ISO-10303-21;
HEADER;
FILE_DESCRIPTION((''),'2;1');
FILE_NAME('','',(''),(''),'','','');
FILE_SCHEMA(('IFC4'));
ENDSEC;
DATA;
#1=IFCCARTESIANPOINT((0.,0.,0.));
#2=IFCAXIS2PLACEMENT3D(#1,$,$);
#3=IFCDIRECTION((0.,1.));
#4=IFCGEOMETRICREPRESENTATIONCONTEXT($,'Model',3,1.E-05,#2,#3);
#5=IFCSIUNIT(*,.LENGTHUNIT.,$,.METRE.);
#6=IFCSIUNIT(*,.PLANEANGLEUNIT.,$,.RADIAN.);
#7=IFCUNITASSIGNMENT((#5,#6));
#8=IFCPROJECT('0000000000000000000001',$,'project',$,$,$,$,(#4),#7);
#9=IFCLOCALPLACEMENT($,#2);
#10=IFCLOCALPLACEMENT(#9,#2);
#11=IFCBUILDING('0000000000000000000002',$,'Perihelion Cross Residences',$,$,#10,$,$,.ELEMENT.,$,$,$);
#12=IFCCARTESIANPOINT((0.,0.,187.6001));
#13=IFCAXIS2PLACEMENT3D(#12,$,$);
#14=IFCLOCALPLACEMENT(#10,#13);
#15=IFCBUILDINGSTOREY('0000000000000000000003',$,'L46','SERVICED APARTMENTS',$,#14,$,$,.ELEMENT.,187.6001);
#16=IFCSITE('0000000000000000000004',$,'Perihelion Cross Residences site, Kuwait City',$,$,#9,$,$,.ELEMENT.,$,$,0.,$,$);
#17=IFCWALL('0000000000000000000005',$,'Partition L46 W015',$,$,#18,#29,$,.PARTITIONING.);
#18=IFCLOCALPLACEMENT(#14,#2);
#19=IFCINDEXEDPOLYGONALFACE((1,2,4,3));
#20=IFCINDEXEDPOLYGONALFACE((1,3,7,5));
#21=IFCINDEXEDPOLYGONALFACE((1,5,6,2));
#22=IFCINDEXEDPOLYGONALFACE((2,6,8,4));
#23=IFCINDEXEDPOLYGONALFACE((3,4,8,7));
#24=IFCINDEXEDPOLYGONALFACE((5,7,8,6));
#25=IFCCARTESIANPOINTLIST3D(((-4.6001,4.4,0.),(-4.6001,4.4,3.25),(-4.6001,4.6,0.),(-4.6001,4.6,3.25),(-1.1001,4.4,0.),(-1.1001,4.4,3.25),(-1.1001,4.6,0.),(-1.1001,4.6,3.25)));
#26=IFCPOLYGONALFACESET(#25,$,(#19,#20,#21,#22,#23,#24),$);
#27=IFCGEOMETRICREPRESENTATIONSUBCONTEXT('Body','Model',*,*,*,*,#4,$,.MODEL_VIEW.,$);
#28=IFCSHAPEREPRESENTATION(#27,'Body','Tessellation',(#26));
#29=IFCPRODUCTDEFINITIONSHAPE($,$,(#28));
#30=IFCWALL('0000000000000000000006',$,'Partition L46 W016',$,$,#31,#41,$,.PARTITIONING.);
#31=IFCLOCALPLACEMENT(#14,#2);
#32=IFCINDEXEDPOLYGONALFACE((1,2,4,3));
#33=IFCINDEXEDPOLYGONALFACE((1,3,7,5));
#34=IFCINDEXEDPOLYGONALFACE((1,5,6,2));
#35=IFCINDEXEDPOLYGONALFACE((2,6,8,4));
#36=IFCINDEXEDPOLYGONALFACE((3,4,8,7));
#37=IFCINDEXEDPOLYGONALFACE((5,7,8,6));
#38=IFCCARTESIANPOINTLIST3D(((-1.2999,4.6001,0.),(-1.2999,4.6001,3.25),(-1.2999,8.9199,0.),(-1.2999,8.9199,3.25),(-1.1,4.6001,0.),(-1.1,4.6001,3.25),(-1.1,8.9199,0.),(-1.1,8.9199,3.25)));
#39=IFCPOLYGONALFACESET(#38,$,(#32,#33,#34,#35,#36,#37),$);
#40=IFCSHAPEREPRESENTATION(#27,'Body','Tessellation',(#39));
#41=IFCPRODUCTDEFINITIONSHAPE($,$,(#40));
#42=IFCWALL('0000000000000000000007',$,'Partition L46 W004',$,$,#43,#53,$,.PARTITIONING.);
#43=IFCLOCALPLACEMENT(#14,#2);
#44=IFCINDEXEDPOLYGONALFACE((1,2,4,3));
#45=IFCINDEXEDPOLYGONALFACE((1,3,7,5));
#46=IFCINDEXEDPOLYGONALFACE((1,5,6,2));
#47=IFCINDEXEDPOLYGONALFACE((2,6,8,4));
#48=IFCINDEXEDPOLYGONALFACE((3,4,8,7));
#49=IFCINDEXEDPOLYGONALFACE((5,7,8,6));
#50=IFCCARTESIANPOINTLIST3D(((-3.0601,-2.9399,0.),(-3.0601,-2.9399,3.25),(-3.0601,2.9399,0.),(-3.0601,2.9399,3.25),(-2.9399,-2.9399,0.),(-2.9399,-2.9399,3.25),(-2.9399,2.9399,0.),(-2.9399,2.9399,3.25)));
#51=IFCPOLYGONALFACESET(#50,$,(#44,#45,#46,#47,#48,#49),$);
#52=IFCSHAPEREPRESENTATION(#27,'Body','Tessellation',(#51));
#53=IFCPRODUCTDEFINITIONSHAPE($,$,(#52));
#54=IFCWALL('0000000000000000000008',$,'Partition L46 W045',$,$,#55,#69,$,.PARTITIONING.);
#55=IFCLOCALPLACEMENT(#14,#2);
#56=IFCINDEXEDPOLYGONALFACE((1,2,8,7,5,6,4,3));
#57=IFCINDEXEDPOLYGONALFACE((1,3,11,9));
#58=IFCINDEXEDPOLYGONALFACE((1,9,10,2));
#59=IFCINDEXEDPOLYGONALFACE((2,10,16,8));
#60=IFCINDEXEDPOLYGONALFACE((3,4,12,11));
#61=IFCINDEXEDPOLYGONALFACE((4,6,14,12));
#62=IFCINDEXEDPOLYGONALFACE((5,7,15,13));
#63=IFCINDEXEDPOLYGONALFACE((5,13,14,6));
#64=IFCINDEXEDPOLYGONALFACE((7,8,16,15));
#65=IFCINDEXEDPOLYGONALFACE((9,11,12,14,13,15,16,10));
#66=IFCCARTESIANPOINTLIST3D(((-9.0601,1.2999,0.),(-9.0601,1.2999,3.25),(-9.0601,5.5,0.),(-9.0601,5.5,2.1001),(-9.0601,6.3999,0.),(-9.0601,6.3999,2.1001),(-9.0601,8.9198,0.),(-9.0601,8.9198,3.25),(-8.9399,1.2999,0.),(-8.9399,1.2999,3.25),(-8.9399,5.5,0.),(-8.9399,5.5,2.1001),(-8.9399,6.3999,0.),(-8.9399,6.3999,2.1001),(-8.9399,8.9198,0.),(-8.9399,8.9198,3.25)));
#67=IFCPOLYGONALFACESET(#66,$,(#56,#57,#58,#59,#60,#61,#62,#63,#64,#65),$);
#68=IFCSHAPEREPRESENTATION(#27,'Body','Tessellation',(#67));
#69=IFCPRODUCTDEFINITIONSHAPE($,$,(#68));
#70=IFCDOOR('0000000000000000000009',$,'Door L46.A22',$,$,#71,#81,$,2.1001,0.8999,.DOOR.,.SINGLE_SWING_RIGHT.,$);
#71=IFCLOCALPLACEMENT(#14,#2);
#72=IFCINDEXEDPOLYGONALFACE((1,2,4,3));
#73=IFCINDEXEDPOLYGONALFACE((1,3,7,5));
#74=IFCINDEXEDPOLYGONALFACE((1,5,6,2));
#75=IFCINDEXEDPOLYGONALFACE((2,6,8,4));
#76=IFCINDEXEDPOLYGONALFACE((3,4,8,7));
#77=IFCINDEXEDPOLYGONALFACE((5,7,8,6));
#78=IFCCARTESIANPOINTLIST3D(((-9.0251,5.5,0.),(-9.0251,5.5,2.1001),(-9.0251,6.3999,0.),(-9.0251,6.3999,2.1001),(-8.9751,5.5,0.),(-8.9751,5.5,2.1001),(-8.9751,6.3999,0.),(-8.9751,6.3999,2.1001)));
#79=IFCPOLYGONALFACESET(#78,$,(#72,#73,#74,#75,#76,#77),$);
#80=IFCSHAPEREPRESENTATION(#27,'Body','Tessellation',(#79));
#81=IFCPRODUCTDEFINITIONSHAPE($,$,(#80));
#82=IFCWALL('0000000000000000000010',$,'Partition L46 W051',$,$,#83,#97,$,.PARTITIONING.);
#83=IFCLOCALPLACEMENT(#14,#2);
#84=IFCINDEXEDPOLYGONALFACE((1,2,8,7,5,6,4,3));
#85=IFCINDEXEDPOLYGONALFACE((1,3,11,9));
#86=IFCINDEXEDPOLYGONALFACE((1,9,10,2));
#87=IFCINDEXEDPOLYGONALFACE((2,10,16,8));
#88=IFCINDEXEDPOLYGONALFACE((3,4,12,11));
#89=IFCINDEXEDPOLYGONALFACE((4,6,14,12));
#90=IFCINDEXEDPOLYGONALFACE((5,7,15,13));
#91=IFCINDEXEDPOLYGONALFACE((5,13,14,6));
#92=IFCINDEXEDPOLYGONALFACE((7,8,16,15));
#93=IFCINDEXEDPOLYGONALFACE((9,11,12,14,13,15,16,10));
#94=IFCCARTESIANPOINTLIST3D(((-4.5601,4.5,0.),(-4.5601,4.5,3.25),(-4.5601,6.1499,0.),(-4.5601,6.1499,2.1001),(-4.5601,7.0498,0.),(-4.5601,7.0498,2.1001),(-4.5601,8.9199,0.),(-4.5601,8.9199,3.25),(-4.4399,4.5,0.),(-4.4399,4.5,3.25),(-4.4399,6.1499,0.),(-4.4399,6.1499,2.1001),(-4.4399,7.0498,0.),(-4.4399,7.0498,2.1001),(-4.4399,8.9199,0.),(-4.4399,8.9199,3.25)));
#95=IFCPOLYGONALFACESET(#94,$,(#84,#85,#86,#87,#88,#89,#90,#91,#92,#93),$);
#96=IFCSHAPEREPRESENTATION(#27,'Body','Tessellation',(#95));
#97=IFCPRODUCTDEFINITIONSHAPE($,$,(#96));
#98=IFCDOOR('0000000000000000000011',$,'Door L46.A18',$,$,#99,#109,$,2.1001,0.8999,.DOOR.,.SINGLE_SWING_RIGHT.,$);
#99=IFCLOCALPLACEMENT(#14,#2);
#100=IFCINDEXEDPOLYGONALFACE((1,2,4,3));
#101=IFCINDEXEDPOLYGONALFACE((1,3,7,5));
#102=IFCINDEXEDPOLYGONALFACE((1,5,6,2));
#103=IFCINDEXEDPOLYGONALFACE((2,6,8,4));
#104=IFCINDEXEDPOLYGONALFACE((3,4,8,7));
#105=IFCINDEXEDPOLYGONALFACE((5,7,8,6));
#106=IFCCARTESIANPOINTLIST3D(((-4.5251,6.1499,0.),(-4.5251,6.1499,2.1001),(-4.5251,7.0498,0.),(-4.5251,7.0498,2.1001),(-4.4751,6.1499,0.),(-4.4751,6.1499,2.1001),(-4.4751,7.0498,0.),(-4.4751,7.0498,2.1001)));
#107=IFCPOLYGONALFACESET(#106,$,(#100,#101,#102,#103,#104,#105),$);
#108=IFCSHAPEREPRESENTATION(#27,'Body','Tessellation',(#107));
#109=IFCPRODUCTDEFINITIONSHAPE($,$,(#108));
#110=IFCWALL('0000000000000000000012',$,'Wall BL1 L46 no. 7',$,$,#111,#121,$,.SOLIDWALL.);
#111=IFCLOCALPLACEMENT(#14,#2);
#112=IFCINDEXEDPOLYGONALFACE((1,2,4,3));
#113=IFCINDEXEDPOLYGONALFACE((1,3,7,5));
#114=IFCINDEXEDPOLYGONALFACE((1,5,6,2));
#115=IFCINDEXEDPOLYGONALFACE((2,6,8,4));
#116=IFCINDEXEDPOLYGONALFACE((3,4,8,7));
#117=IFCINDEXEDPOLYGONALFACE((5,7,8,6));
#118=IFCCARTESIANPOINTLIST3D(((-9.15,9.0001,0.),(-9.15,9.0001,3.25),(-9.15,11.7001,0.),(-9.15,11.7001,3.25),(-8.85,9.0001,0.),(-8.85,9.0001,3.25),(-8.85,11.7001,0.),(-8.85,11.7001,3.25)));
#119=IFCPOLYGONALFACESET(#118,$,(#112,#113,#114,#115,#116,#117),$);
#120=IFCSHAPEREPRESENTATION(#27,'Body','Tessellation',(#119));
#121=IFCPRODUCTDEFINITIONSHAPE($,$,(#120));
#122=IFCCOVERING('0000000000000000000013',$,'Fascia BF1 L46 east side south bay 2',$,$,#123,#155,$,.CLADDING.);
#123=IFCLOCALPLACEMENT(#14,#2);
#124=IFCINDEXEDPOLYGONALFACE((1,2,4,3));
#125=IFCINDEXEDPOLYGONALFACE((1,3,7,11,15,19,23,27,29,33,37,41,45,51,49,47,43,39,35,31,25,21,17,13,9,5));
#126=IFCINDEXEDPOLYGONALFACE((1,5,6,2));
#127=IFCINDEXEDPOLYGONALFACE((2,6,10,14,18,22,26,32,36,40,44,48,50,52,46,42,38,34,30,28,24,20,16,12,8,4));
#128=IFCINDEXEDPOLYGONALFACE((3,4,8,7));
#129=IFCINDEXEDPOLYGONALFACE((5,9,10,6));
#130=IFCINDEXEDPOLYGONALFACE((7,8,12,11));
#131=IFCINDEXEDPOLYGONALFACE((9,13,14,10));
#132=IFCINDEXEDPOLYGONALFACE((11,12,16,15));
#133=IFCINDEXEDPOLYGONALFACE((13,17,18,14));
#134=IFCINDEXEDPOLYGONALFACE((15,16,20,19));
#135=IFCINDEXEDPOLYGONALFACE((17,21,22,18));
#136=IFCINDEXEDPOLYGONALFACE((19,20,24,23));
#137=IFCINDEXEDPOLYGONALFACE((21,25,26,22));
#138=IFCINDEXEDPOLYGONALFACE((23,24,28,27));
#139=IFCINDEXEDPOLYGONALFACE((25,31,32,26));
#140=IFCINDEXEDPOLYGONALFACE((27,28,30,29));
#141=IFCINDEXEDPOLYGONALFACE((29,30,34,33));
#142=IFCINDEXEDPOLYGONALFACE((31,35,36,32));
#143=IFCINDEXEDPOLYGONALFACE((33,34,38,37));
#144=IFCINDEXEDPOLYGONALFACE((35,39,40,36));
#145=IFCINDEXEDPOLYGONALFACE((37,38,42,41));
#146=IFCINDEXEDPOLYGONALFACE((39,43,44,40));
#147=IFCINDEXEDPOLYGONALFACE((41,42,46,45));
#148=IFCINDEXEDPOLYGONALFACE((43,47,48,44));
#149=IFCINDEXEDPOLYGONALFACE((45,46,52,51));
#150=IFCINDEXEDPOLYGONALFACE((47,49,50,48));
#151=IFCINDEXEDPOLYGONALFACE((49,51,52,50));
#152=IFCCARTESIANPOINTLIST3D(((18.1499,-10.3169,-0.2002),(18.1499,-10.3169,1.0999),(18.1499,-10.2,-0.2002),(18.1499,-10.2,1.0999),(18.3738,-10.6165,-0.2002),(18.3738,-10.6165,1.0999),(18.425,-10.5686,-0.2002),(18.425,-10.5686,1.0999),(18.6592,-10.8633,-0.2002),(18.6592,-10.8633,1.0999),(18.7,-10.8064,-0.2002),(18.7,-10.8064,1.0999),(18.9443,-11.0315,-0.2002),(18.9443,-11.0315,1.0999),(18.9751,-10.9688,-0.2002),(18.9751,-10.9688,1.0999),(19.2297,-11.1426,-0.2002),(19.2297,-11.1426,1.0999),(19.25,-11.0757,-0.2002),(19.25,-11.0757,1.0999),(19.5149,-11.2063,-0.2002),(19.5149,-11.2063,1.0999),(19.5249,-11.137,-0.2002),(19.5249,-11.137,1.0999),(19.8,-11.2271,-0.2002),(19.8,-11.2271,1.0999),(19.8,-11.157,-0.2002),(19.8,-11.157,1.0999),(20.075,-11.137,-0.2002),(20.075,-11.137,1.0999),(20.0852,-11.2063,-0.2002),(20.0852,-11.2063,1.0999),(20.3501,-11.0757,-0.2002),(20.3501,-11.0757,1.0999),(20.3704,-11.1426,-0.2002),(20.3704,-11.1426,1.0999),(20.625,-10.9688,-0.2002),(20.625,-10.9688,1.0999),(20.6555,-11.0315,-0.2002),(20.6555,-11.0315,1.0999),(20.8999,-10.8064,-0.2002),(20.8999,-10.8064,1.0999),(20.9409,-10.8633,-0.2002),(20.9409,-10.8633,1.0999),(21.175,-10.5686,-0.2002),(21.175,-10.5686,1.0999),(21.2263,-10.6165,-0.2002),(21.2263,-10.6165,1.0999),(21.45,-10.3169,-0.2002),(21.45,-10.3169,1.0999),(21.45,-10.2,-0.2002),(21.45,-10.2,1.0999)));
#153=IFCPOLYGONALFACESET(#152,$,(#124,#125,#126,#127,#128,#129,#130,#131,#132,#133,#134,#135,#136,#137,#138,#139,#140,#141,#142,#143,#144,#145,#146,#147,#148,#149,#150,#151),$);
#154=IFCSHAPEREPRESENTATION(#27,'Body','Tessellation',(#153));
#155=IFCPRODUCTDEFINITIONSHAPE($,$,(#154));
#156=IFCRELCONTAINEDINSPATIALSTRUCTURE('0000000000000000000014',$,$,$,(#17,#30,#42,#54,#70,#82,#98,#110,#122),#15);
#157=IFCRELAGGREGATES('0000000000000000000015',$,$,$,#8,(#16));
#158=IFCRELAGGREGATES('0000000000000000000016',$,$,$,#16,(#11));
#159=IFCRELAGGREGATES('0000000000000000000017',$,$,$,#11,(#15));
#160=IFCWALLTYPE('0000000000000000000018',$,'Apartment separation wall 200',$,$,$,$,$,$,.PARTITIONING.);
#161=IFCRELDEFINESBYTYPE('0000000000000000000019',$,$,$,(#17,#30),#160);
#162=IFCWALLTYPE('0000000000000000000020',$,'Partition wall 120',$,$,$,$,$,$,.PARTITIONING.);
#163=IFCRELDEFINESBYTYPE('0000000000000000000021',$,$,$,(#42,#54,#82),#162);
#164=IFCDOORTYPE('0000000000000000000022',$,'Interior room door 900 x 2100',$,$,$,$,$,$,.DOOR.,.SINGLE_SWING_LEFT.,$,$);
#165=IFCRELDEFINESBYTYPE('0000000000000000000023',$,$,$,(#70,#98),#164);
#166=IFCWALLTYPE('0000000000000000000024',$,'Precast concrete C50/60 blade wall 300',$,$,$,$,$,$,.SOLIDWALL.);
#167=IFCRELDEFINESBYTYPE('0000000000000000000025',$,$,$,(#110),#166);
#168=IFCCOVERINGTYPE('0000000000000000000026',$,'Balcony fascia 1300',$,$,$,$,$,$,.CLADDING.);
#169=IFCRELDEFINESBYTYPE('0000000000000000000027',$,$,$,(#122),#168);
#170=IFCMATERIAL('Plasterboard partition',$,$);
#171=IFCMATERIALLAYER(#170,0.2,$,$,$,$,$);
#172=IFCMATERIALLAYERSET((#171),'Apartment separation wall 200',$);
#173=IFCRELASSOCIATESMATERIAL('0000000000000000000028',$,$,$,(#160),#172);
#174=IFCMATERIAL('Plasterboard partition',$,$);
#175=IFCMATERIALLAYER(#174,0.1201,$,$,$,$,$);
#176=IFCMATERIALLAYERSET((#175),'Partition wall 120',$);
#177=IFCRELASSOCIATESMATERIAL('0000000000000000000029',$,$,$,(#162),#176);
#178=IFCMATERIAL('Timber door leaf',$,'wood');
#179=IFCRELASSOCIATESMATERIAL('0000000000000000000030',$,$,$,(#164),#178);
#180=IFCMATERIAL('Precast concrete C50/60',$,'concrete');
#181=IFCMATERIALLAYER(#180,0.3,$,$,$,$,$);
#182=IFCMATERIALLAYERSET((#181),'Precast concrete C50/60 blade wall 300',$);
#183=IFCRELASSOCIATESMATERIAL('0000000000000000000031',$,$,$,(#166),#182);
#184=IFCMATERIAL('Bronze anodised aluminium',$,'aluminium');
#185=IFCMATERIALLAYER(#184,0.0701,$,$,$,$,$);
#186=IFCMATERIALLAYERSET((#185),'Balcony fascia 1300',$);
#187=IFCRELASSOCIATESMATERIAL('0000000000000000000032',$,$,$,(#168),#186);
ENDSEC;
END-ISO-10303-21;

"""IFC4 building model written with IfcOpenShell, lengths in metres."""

from ifc_helpers import new_model, si_unit, direction, frame, frame_2d, origin, place, context, subcontext, project, spatial, polyline, rectangle, outline, extrude, material, layer, layer_set, type_object, element, fill, save


model = new_model("IFC4")

# Units and contexts
model_context = context("Model", 3, precision=1e-05, world=origin(), true_north=direction((0.0, 1.0)))
body_context = subcontext(model_context, "Body", "Model", "MODEL_VIEW")
ifc_project = project(units=[si_unit("LENGTHUNIT", "METRE"), si_unit("PLANEANGLEUNIT", "RADIAN")], contexts=[model_context])

# Site, building, storey
site_placement = place(None, origin())
site = spatial("IfcSite", under=ifc_project, at=site_placement, Name="Perihelion Cross Residences site, Kuwait City", CompositionType="ELEMENT", RefElevation=0.0)
building_placement = place(site_placement, origin())
building = spatial("IfcBuilding", under=site, at=building_placement, Name="Perihelion Cross Residences", CompositionType="ELEMENT")
storey_placement = place(building_placement, frame((0.0, 0.0, 187.6001)))
storey = spatial("IfcBuildingStorey", under=building, at=storey_placement, Name="L46", Description="SERVICED APARTMENTS", CompositionType="ELEMENT", Elevation=187.6001)

# Walls
ifc_material_1 = material(Name="Plasterboard partition")
ifc_layer_1 = layer(ifc_material_1, 0.2)
ifc_layer_set_1 = layer_set([ifc_layer_1], Name="Apartment separation wall 200")
wall_type_1 = type_object("IfcWallType", Name="Apartment separation wall 200", PredefinedType="PARTITIONING", material=ifc_layer_set_1)
wall_1_placement = place(storey_placement, frame((-4.6001, 4.5, 0.0), z_axis=(0.0, 0.0, 1.0), x_axis=(1.0, 0.0, 0.0)))
element("IfcWall", 1, at=wall_1_placement, inside=storey, type_object=wall_type_1, Name="Partition L46 W015", PredefinedType="PARTITIONING", context=body_context, shape_type="SweptSolid", body=[
    extrude(rectangle(XDim=3.5, YDim=0.2, at=frame_2d((1.75, 0.0))), origin(), (0.0, 0.0, 1.0), 3.25),
])
wall_2_placement = place(storey_placement, frame((-1.2, 4.6001, 0.0), z_axis=(0.0, 0.0, 1.0), x_axis=(0.0, 1.0, 0.0)))
element("IfcWall", 2, at=wall_2_placement, inside=storey, type_object=wall_type_1, Name="Partition L46 W016", PredefinedType="PARTITIONING", context=body_context, shape_type="SweptSolid", body=[
    extrude(rectangle(XDim=4.3198, YDim=0.2, at=frame_2d((2.1599, 0.0))), origin(), (0.0, 0.0, 1.0), 3.25),
])

# Wall
ifc_material_2 = material(Name="Plasterboard partition")
ifc_layer_2 = layer(ifc_material_2, 0.1201)
ifc_layer_set_2 = layer_set([ifc_layer_2], Name="Partition wall 120")
wall_type_2 = type_object("IfcWallType", Name="Partition wall 120", PredefinedType="PARTITIONING", material=ifc_layer_set_2)
wall_3_placement = place(storey_placement, frame((-3.0, 2.9399, 0.0), z_axis=(0.0, 0.0, 1.0), x_axis=(0.0, -1.0, 0.0)))
element("IfcWall", 3, at=wall_3_placement, inside=storey, type_object=wall_type_2, Name="Partition L46 W004", PredefinedType="PARTITIONING", context=body_context, shape_type="SweptSolid", body=[
    extrude(rectangle(XDim=5.8799, YDim=0.1201, at=frame_2d((2.9399, 0.0))), origin(), (0.0, 0.0, 1.0), 3.25),
])

# Walls, openings, doors
wall_4_placement = place(storey_placement, frame((-9.0, 8.9199, 0.0), z_axis=(0.0, 0.0, 1.0), x_axis=(0.0, -1.0, 0.0)))
wall_4 = element("IfcWall", 4, at=wall_4_placement, inside=storey, type_object=wall_type_2, Name="Partition L46 W045", PredefinedType="PARTITIONING", context=body_context, shape_type="SweptSolid", body=[
    extrude(rectangle(XDim=7.6199, YDim=0.1201, at=frame_2d((3.8101, 0.0))), origin(), (0.0, 0.0, 1.0), 3.25),
])
opening_1_placement = place(wall_4_placement, frame((2.52, 0.0, 0.0)))
opening_1 = element("IfcOpeningElement", 5, at=opening_1_placement, cuts=wall_4, PredefinedType="OPENING", context=body_context, shape_type="SweptSolid", body=[
    extrude(rectangle(XDim=0.8999, YDim=2.1001, at=frame_2d((0.45, 1.05))), frame((0.0, 0.0701, 0.0), z_axis=(0.0, -1.0, 0.0), x_axis=(1.0, 0.0, 0.0)), (0.0, 0.0, 1.0), 0.1401),
])
ifc_material_3 = material(Name="Timber door leaf", Category="wood")
door_type_1 = type_object("IfcDoorType", Name="Interior room door 900 x 2100", OperationType="SINGLE_SWING_LEFT", PredefinedType="DOOR", material=ifc_material_3)
door_1_placement = place(opening_1_placement, origin())
door_1 = element("IfcDoor", 6, at=door_1_placement, inside=storey, type_object=door_type_1, Name="Door L46.A22", OperationType="SINGLE_SWING_RIGHT", OverallHeight=2.1001, OverallWidth=0.8999, PredefinedType="DOOR", context=body_context, shape_type="SweptSolid", body=[
    extrude(rectangle(XDim=0.8999, YDim=2.1001, at=frame_2d((0.45, 1.05))), frame((0.0, 0.0249, 0.0), z_axis=(0.0, -1.0, 0.0), x_axis=(1.0, 0.0, 0.0)), (0.0, 0.0, 1.0), 0.05),
])
fill(opening_1, door_1)
wall_5_placement = place(storey_placement, frame((-4.5, 8.9199, 0.0), z_axis=(0.0, 0.0, 1.0), x_axis=(0.0, -1.0, 0.0)))
wall_5 = element("IfcWall", 7, at=wall_5_placement, inside=storey, type_object=wall_type_2, Name="Partition L46 W051", PredefinedType="PARTITIONING", context=body_context, shape_type="SweptSolid", body=[
    extrude(rectangle(XDim=4.4199, YDim=0.1201, at=frame_2d((2.21, 0.0))), origin(), (0.0, 0.0, 1.0), 3.25),
])
opening_2_placement = place(wall_5_placement, frame((1.8701, 0.0, 0.0)))
opening_2 = element("IfcOpeningElement", 8, at=opening_2_placement, cuts=wall_5, PredefinedType="OPENING", context=body_context, shape_type="SweptSolid", body=[
    extrude(rectangle(XDim=0.8999, YDim=2.1001, at=frame_2d((0.45, 1.05))), frame((0.0, 0.0701, 0.0), z_axis=(0.0, -1.0, 0.0), x_axis=(1.0, 0.0, 0.0)), (0.0, 0.0, 1.0), 0.1401),
])
door_2_placement = place(opening_2_placement, origin())
door_2 = element("IfcDoor", 9, at=door_2_placement, inside=storey, type_object=door_type_1, Name="Door L46.A18", OperationType="SINGLE_SWING_RIGHT", OverallHeight=2.1001, OverallWidth=0.8999, PredefinedType="DOOR", context=body_context, shape_type="SweptSolid", body=[
    extrude(rectangle(XDim=0.8999, YDim=2.1001, at=frame_2d((0.45, 1.05))), frame((0.0, 0.0249, 0.0), z_axis=(0.0, -1.0, 0.0), x_axis=(1.0, 0.0, 0.0)), (0.0, 0.0, 1.0), 0.05),
])
fill(opening_2, door_2)

# Wall
ifc_material_4 = material(Name="Precast concrete C50/60", Category="concrete")
ifc_layer_3 = layer(ifc_material_4, 0.3)
ifc_layer_set_3 = layer_set([ifc_layer_3], Name="Precast concrete C50/60 blade wall 300")
wall_type_3 = type_object("IfcWallType", Name="Precast concrete C50/60 blade wall 300", PredefinedType="SOLIDWALL", material=ifc_layer_set_3)
wall_6_placement = place(storey_placement, frame((-9.0, 9.0, 0.0), z_axis=(0.0, 0.0, 1.0), x_axis=(0.0, 1.0, 0.0)))
element("IfcWall", 10, at=wall_6_placement, inside=storey, type_object=wall_type_3, Name="Wall BL1 L46 no. 7", PredefinedType="SOLIDWALL", context=body_context, shape_type="SweptSolid", body=[
    extrude(rectangle(XDim=2.7, YDim=0.3, at=frame_2d((1.3501, 0.0))), origin(), (0.0, 0.0, 1.0), 3.25),
])

# Covering
ifc_material_5 = material(Name="Bronze anodised aluminium", Category="aluminium")
ifc_layer_4 = layer(ifc_material_5, 0.0701)
ifc_layer_set_4 = layer_set([ifc_layer_4], Name="Balcony fascia 1300")
covering_type = type_object("IfcCoveringType", Name="Balcony fascia 1300", PredefinedType="CLADDING", material=ifc_layer_set_4)
covering_placement = place(storey_placement, frame((0.0, 0.0, -0.2002)))
element("IfcCovering", 11, at=covering_placement, inside=storey, type_object=covering_type, Name="Fascia BF1 L46 east side south bay 2", PredefinedType="CLADDING", context=body_context, shape_type="SweptSolid", body=[
    extrude(outline(polyline([(18.3738, -10.6165), (18.6592, -10.8633), (18.9443, -11.0315), (19.2297, -11.1426), (19.5149, -11.2063), (19.8, -11.2271), (20.0852, -11.2063), (20.3704, -11.1426), (20.6555, -11.0315), (20.9409, -10.8633), (21.2263, -10.6165), (21.45, -10.3169), (21.45, -10.2), (21.175, -10.5686), (20.8999, -10.8064), (20.625, -10.9688), (20.3501, -11.0757), (20.075, -11.137), (19.8, -11.157), (19.5249, -11.137), (19.25, -11.0757), (18.9751, -10.9688), (18.7, -10.8064), (18.425, -10.5686), (18.1499, -10.2), (18.1499, -10.3169), (18.3738, -10.6165)])), origin(), (0.0, 0.0, 1.0), 1.3),
])

save(model, "model.ifc")
